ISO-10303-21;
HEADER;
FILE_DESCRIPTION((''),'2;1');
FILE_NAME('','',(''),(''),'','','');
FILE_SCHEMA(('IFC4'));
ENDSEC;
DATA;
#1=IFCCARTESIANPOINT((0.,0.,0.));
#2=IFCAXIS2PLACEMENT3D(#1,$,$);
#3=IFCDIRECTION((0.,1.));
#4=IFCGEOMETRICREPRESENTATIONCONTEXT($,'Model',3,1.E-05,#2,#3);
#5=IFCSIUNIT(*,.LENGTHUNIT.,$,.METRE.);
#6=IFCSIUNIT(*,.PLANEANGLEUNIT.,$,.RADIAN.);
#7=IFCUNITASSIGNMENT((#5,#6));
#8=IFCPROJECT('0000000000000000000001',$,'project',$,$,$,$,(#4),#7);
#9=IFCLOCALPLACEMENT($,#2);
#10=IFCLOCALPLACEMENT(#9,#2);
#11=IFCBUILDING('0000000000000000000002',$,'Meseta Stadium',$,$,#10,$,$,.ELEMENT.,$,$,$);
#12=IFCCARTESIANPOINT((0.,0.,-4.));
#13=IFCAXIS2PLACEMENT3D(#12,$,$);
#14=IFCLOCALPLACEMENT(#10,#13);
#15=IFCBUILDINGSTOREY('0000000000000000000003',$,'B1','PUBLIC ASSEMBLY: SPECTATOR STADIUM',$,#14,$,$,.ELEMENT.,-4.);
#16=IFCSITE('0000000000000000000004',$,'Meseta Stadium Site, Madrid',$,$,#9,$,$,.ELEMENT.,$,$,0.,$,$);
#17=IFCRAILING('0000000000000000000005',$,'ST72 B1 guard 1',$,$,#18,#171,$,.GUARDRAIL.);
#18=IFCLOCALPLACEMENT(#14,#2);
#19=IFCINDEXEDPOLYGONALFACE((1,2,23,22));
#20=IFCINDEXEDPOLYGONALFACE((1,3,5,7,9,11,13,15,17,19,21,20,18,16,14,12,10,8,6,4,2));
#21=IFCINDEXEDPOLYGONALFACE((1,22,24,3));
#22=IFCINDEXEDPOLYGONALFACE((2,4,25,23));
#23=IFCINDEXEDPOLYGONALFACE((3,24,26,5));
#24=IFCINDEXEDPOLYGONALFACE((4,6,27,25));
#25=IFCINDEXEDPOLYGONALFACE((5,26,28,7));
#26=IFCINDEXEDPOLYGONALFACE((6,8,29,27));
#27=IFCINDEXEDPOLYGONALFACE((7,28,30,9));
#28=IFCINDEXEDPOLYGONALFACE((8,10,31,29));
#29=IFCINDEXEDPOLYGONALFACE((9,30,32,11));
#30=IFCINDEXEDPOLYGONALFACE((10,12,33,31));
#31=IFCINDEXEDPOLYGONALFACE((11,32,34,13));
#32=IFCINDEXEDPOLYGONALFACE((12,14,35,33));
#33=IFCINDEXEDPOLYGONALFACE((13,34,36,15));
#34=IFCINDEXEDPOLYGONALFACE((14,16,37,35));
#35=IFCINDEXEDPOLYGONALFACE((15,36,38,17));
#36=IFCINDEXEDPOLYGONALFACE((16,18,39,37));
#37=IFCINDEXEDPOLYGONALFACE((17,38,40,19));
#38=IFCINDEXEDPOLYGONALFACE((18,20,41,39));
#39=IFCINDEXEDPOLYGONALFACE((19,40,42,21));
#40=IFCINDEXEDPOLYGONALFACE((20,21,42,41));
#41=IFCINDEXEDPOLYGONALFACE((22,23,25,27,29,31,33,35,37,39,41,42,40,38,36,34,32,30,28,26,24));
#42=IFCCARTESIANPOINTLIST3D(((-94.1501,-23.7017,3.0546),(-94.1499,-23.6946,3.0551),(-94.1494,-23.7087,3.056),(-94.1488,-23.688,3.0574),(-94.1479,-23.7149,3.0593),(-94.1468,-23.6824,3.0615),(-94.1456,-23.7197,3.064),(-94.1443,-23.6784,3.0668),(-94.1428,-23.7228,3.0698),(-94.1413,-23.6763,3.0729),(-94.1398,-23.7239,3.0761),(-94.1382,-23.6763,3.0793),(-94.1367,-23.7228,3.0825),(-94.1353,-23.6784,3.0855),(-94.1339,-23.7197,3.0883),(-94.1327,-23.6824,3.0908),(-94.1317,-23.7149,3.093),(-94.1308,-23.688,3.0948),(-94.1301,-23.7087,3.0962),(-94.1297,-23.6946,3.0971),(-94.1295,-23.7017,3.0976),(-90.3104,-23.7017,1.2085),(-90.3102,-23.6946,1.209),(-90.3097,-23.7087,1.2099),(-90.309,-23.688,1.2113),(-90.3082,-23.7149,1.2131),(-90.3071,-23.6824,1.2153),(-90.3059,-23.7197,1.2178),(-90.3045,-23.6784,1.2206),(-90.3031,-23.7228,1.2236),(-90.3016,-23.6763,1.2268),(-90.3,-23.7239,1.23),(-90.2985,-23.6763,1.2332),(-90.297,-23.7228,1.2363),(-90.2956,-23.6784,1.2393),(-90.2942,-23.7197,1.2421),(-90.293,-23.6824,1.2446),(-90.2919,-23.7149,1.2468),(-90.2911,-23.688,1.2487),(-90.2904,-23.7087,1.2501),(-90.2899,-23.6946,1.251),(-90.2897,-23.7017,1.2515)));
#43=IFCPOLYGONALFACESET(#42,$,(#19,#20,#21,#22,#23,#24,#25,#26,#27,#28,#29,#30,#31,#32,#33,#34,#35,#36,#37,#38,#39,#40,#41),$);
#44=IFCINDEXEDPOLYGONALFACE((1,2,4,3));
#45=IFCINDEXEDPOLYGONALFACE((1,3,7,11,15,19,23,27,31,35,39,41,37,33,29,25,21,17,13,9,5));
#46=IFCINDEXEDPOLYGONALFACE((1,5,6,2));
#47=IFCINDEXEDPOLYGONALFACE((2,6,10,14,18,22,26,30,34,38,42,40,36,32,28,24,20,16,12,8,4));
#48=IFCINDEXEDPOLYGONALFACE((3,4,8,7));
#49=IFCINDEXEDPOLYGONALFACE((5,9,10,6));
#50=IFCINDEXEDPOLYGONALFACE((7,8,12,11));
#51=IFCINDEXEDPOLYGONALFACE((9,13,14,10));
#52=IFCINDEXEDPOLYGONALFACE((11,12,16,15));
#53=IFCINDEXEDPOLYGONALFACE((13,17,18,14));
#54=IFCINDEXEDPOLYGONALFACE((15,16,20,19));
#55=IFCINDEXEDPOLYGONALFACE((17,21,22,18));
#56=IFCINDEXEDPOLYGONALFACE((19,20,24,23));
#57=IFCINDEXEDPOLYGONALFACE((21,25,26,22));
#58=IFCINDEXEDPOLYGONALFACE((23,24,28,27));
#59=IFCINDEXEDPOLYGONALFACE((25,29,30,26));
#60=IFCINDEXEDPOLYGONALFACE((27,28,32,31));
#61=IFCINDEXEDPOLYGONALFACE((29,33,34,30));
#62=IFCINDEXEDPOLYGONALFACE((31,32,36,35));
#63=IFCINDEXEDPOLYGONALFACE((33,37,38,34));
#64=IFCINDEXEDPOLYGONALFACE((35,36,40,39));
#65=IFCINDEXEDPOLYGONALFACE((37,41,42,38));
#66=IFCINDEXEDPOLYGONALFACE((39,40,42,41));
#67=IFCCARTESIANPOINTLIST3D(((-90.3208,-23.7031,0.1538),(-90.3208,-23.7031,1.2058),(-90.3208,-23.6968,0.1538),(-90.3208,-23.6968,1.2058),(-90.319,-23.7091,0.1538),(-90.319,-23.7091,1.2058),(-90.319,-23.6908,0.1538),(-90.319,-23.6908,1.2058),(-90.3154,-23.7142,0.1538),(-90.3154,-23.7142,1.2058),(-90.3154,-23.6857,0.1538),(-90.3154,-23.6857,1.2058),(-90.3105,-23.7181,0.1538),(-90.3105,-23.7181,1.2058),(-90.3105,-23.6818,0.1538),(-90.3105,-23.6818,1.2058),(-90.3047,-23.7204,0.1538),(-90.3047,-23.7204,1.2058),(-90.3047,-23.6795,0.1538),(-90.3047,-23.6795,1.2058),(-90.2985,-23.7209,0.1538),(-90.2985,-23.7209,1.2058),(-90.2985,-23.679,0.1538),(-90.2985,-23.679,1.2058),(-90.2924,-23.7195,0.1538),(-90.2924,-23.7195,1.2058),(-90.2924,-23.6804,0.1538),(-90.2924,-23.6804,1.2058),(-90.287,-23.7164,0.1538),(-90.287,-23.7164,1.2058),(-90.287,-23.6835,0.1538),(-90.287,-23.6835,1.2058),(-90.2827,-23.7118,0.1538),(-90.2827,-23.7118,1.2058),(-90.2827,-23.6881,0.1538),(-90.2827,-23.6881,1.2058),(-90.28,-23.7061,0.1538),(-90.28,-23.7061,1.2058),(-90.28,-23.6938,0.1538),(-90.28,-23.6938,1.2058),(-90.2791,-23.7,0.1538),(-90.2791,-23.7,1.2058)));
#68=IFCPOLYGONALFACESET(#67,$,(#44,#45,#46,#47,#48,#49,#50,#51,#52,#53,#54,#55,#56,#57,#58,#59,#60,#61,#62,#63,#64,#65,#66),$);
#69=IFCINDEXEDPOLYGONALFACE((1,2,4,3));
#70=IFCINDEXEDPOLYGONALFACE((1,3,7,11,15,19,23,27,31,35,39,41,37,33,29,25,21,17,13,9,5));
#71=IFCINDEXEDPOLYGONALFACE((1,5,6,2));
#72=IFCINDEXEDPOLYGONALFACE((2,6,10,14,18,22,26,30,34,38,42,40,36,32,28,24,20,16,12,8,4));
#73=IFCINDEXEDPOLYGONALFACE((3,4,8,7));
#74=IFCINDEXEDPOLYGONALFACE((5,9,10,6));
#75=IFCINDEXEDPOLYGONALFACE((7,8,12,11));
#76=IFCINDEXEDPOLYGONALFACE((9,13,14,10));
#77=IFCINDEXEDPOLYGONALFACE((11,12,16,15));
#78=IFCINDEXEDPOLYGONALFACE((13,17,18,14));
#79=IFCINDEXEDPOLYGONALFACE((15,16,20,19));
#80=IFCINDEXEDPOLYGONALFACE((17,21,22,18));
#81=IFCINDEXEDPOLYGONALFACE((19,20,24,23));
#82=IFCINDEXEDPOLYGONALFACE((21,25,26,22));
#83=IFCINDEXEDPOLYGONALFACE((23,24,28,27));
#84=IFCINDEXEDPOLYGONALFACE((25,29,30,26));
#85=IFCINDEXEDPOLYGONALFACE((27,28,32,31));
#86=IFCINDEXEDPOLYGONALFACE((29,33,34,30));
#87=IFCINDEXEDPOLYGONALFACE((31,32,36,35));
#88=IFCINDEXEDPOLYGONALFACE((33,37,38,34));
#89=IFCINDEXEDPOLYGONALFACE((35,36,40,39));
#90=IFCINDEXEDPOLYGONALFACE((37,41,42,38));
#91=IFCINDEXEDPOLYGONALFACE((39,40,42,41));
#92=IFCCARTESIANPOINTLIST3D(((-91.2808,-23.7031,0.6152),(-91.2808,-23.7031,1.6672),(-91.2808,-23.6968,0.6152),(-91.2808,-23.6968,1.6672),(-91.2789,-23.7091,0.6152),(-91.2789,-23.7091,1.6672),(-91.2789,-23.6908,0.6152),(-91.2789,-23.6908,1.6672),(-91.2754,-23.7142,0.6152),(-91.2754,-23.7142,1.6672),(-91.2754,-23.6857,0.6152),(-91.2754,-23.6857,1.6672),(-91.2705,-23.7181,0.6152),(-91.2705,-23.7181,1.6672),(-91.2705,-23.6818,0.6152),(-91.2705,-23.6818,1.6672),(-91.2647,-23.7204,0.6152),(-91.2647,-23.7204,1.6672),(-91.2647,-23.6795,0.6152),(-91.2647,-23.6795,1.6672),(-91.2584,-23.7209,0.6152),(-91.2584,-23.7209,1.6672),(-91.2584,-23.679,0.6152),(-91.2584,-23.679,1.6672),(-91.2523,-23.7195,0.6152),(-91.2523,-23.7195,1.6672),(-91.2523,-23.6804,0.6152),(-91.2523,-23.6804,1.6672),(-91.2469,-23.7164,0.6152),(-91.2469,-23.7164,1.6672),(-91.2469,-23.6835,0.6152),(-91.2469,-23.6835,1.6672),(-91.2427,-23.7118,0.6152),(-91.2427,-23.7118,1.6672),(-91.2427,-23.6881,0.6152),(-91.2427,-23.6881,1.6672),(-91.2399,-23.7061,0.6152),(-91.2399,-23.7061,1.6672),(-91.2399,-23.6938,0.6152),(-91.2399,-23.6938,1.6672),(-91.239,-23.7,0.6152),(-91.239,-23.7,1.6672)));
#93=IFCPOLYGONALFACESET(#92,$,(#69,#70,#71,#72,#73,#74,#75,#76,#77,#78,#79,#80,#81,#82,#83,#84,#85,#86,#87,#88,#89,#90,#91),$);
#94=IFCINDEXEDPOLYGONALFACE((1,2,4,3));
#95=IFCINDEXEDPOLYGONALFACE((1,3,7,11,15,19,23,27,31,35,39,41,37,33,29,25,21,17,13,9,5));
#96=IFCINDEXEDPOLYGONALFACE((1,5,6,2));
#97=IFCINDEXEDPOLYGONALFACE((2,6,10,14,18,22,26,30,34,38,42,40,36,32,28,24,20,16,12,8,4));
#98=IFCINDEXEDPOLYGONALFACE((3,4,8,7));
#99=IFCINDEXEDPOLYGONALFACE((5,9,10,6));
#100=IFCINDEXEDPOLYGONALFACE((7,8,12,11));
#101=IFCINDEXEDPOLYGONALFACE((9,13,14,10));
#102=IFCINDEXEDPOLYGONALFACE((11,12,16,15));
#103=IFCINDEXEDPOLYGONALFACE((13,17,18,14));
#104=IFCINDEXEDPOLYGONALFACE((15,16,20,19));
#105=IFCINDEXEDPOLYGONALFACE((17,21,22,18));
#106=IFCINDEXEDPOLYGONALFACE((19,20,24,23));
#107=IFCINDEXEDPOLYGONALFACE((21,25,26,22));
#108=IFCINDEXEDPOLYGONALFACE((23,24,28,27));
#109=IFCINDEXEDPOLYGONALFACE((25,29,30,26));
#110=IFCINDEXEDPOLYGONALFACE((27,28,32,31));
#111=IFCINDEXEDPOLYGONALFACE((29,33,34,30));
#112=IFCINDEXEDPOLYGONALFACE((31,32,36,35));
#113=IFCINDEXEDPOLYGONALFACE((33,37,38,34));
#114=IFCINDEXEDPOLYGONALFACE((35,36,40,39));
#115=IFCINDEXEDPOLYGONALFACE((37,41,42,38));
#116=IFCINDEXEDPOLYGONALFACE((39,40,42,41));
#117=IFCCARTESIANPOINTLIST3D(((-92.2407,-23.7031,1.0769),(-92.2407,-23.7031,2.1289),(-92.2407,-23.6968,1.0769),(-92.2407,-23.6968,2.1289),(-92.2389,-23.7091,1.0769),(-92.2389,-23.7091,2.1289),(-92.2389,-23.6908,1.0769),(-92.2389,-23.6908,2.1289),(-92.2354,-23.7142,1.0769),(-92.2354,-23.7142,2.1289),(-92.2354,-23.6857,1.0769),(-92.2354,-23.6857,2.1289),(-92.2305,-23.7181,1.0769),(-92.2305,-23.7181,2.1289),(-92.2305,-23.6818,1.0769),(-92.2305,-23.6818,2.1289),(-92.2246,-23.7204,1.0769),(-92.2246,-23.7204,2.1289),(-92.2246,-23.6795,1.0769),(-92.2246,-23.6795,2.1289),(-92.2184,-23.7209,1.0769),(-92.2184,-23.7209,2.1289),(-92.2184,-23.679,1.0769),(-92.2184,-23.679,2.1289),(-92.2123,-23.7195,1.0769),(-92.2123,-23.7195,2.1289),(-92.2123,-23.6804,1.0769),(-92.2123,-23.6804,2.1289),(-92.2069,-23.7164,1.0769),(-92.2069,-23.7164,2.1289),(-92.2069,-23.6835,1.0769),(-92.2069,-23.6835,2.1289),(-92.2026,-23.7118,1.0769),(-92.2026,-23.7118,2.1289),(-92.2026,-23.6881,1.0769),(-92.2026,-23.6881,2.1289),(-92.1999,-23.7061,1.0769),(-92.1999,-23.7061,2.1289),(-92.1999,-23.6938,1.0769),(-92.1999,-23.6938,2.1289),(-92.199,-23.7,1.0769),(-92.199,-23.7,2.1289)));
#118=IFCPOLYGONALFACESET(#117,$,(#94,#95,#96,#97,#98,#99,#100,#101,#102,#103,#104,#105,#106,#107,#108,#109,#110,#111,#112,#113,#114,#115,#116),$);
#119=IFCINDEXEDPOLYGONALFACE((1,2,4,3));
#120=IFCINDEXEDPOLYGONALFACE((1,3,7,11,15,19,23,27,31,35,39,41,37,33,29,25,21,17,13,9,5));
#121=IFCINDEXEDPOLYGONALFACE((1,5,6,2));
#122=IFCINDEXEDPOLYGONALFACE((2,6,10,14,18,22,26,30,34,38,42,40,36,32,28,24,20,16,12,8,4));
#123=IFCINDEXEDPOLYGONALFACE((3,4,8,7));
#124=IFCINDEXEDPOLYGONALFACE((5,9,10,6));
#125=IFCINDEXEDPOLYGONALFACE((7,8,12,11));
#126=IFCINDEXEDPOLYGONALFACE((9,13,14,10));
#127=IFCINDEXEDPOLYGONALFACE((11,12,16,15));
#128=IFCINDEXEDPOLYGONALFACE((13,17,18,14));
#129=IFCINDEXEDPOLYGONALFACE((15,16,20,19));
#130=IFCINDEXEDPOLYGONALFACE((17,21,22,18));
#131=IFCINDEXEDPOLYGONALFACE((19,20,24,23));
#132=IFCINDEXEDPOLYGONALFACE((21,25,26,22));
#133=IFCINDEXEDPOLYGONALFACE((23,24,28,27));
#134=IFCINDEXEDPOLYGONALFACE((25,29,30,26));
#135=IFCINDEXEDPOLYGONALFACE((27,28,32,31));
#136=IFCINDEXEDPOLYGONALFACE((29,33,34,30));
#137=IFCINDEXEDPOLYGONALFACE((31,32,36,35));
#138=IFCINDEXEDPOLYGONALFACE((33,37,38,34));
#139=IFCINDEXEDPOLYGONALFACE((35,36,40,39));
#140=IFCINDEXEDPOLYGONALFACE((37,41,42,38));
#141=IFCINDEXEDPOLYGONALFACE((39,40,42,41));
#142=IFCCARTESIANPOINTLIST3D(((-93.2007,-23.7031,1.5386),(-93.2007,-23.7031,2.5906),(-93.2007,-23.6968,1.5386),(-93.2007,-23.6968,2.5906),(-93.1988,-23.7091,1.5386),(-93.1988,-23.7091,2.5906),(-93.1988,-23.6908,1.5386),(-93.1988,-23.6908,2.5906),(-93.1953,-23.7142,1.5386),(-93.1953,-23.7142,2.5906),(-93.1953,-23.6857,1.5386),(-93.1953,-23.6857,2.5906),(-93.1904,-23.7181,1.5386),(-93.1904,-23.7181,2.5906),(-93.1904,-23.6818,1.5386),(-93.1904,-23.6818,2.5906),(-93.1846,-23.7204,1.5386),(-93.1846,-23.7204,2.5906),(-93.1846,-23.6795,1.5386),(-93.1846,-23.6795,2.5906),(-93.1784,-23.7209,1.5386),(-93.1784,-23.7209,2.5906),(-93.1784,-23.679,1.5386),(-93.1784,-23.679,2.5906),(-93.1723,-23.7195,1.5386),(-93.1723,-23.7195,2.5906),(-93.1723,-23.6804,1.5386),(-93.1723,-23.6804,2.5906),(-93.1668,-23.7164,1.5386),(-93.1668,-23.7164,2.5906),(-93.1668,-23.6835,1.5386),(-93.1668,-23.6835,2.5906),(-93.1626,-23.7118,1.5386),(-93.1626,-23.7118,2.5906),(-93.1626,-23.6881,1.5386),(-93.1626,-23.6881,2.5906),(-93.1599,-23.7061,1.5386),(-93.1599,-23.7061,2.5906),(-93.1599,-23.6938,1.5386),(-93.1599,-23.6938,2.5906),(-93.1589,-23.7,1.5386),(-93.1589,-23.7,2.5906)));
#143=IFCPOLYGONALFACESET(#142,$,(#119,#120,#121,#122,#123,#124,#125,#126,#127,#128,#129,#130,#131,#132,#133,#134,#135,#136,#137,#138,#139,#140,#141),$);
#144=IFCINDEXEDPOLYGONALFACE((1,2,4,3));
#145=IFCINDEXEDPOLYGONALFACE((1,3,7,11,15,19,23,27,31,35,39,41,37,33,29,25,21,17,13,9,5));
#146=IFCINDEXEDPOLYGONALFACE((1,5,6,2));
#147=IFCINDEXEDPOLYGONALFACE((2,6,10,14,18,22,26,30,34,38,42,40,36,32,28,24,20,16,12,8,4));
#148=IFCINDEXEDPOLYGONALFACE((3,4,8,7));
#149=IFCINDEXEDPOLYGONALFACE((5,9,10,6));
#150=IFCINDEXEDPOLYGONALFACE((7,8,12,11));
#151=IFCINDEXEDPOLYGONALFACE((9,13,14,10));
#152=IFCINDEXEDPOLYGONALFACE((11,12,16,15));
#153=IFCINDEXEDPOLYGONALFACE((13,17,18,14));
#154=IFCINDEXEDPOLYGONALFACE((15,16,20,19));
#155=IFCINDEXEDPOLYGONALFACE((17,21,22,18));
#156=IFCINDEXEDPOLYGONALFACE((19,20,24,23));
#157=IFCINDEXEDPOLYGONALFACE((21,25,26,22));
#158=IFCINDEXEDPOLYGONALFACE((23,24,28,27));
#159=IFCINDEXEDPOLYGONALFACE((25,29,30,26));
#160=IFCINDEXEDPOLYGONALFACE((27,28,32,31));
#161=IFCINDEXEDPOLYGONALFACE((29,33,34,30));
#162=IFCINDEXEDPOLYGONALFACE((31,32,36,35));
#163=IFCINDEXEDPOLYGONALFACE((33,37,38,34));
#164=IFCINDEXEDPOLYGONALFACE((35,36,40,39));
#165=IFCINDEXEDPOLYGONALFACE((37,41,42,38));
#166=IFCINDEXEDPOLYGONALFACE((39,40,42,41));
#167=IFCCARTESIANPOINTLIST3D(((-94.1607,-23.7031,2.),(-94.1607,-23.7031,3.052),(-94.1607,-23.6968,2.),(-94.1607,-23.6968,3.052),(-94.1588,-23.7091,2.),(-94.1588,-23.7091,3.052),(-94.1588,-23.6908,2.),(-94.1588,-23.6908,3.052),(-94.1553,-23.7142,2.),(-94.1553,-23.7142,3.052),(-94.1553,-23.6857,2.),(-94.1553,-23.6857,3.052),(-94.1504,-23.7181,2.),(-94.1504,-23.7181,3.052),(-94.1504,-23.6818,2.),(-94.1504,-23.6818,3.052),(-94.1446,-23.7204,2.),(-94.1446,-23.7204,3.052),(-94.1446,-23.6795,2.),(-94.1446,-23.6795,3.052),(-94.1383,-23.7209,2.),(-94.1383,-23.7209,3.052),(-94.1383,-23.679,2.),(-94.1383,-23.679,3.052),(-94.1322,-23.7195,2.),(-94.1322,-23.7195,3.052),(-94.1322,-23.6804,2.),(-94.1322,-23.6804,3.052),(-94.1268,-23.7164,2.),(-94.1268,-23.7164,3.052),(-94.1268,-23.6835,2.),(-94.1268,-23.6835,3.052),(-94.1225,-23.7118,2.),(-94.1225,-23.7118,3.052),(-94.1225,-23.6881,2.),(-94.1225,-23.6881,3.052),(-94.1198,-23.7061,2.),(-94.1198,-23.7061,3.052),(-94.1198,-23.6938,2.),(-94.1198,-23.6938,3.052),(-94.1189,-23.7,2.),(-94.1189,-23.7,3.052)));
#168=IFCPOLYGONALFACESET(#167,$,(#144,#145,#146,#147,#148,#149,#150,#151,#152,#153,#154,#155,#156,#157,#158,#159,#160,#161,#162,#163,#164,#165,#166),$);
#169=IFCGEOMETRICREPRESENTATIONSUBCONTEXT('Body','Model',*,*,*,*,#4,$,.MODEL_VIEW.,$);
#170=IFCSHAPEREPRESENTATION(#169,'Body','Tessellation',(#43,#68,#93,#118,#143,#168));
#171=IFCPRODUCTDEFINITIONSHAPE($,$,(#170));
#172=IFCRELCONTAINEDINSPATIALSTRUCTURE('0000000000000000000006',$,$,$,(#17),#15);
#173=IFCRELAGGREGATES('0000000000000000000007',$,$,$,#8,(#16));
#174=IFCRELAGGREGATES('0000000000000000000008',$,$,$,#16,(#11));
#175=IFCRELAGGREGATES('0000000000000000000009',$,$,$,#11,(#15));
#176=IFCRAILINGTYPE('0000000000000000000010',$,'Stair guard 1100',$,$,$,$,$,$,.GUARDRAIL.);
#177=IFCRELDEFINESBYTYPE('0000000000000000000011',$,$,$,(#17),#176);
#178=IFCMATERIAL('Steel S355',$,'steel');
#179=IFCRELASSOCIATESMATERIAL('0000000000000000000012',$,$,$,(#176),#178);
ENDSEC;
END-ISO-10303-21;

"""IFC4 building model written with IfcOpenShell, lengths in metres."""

from ifc_helpers import new_model, si_unit, direction, frame, origin, origin_2d, place, context, subcontext, project, spatial, circle, extrude, material, type_object, element, save


model = new_model("IFC4")

# Units and contexts
model_context = context("Model", 3, precision=1e-05, world=origin(), true_north=direction((0.0, 1.0)))
body_context = subcontext(model_context, "Body", "Model", "MODEL_VIEW")
ifc_project = project(units=[si_unit("LENGTHUNIT", "METRE"), si_unit("PLANEANGLEUNIT", "RADIAN")], contexts=[model_context])

# Site, building, storey
site_placement = place(None, origin())
site = spatial("IfcSite", under=ifc_project, at=site_placement, Name="Meseta Stadium Site, Madrid", CompositionType="ELEMENT", RefElevation=0.0)
building_placement = place(site_placement, origin())
building = spatial("IfcBuilding", under=site, at=building_placement, Name="Meseta Stadium", CompositionType="ELEMENT")
storey_placement = place(building_placement, frame((0.0, 0.0, -4.0)))
storey = spatial("IfcBuildingStorey", under=building, at=storey_placement, Name="B1", Description="PUBLIC ASSEMBLY: SPECTATOR STADIUM", CompositionType="ELEMENT", Elevation=-4.0)

# Railing
ifc_material_1 = material(Name="Steel S355", Category="steel")
railing_type_1 = type_object("IfcRailingType", Name="Stair guard 1100", PredefinedType="GUARDRAIL", material=ifc_material_1)
railing_1_placement = place(storey_placement, frame((-90.3, -23.7, 0.1538)))
element("IfcRailing", 1, at=railing_1_placement, inside=storey, type_object=railing_type_1, Name="ST72 B1 guard 1", PredefinedType="GUARDRAIL", context=body_context, shape_type="SweptSolid", body=[
    extrude(circle(Radius=0.0239, at=origin_2d()), frame((0.0, 0.0, 1.0762), z_axis=(-0.901242, 0.0, 0.433316), x_axis=(0.0, -1.0, 0.0)), (0.0, 0.0, 1.0), 4.2605),
    extrude(circle(Radius=0.021, at=origin_2d()), origin(), (0.0, 0.0, 1.0), 1.052),
    extrude(circle(Radius=0.021, at=origin_2d()), frame((-0.96, 0.0, 0.4614)), (0.0, 0.0, 1.0), 1.052),
    extrude(circle(Radius=0.021, at=origin_2d()), frame((-1.9199, 0.0, 0.9231)), (0.0, 0.0, 1.0), 1.052),
    extrude(circle(Radius=0.021, at=origin_2d()), frame((-2.8799, 0.0, 1.3848)), (0.0, 0.0, 1.0), 1.052),
    extrude(circle(Radius=0.021, at=origin_2d()), frame((-3.8398, 0.0, 1.8462)), (0.0, 0.0, 1.0), 1.052),
])

save(model, "model.ifc")
